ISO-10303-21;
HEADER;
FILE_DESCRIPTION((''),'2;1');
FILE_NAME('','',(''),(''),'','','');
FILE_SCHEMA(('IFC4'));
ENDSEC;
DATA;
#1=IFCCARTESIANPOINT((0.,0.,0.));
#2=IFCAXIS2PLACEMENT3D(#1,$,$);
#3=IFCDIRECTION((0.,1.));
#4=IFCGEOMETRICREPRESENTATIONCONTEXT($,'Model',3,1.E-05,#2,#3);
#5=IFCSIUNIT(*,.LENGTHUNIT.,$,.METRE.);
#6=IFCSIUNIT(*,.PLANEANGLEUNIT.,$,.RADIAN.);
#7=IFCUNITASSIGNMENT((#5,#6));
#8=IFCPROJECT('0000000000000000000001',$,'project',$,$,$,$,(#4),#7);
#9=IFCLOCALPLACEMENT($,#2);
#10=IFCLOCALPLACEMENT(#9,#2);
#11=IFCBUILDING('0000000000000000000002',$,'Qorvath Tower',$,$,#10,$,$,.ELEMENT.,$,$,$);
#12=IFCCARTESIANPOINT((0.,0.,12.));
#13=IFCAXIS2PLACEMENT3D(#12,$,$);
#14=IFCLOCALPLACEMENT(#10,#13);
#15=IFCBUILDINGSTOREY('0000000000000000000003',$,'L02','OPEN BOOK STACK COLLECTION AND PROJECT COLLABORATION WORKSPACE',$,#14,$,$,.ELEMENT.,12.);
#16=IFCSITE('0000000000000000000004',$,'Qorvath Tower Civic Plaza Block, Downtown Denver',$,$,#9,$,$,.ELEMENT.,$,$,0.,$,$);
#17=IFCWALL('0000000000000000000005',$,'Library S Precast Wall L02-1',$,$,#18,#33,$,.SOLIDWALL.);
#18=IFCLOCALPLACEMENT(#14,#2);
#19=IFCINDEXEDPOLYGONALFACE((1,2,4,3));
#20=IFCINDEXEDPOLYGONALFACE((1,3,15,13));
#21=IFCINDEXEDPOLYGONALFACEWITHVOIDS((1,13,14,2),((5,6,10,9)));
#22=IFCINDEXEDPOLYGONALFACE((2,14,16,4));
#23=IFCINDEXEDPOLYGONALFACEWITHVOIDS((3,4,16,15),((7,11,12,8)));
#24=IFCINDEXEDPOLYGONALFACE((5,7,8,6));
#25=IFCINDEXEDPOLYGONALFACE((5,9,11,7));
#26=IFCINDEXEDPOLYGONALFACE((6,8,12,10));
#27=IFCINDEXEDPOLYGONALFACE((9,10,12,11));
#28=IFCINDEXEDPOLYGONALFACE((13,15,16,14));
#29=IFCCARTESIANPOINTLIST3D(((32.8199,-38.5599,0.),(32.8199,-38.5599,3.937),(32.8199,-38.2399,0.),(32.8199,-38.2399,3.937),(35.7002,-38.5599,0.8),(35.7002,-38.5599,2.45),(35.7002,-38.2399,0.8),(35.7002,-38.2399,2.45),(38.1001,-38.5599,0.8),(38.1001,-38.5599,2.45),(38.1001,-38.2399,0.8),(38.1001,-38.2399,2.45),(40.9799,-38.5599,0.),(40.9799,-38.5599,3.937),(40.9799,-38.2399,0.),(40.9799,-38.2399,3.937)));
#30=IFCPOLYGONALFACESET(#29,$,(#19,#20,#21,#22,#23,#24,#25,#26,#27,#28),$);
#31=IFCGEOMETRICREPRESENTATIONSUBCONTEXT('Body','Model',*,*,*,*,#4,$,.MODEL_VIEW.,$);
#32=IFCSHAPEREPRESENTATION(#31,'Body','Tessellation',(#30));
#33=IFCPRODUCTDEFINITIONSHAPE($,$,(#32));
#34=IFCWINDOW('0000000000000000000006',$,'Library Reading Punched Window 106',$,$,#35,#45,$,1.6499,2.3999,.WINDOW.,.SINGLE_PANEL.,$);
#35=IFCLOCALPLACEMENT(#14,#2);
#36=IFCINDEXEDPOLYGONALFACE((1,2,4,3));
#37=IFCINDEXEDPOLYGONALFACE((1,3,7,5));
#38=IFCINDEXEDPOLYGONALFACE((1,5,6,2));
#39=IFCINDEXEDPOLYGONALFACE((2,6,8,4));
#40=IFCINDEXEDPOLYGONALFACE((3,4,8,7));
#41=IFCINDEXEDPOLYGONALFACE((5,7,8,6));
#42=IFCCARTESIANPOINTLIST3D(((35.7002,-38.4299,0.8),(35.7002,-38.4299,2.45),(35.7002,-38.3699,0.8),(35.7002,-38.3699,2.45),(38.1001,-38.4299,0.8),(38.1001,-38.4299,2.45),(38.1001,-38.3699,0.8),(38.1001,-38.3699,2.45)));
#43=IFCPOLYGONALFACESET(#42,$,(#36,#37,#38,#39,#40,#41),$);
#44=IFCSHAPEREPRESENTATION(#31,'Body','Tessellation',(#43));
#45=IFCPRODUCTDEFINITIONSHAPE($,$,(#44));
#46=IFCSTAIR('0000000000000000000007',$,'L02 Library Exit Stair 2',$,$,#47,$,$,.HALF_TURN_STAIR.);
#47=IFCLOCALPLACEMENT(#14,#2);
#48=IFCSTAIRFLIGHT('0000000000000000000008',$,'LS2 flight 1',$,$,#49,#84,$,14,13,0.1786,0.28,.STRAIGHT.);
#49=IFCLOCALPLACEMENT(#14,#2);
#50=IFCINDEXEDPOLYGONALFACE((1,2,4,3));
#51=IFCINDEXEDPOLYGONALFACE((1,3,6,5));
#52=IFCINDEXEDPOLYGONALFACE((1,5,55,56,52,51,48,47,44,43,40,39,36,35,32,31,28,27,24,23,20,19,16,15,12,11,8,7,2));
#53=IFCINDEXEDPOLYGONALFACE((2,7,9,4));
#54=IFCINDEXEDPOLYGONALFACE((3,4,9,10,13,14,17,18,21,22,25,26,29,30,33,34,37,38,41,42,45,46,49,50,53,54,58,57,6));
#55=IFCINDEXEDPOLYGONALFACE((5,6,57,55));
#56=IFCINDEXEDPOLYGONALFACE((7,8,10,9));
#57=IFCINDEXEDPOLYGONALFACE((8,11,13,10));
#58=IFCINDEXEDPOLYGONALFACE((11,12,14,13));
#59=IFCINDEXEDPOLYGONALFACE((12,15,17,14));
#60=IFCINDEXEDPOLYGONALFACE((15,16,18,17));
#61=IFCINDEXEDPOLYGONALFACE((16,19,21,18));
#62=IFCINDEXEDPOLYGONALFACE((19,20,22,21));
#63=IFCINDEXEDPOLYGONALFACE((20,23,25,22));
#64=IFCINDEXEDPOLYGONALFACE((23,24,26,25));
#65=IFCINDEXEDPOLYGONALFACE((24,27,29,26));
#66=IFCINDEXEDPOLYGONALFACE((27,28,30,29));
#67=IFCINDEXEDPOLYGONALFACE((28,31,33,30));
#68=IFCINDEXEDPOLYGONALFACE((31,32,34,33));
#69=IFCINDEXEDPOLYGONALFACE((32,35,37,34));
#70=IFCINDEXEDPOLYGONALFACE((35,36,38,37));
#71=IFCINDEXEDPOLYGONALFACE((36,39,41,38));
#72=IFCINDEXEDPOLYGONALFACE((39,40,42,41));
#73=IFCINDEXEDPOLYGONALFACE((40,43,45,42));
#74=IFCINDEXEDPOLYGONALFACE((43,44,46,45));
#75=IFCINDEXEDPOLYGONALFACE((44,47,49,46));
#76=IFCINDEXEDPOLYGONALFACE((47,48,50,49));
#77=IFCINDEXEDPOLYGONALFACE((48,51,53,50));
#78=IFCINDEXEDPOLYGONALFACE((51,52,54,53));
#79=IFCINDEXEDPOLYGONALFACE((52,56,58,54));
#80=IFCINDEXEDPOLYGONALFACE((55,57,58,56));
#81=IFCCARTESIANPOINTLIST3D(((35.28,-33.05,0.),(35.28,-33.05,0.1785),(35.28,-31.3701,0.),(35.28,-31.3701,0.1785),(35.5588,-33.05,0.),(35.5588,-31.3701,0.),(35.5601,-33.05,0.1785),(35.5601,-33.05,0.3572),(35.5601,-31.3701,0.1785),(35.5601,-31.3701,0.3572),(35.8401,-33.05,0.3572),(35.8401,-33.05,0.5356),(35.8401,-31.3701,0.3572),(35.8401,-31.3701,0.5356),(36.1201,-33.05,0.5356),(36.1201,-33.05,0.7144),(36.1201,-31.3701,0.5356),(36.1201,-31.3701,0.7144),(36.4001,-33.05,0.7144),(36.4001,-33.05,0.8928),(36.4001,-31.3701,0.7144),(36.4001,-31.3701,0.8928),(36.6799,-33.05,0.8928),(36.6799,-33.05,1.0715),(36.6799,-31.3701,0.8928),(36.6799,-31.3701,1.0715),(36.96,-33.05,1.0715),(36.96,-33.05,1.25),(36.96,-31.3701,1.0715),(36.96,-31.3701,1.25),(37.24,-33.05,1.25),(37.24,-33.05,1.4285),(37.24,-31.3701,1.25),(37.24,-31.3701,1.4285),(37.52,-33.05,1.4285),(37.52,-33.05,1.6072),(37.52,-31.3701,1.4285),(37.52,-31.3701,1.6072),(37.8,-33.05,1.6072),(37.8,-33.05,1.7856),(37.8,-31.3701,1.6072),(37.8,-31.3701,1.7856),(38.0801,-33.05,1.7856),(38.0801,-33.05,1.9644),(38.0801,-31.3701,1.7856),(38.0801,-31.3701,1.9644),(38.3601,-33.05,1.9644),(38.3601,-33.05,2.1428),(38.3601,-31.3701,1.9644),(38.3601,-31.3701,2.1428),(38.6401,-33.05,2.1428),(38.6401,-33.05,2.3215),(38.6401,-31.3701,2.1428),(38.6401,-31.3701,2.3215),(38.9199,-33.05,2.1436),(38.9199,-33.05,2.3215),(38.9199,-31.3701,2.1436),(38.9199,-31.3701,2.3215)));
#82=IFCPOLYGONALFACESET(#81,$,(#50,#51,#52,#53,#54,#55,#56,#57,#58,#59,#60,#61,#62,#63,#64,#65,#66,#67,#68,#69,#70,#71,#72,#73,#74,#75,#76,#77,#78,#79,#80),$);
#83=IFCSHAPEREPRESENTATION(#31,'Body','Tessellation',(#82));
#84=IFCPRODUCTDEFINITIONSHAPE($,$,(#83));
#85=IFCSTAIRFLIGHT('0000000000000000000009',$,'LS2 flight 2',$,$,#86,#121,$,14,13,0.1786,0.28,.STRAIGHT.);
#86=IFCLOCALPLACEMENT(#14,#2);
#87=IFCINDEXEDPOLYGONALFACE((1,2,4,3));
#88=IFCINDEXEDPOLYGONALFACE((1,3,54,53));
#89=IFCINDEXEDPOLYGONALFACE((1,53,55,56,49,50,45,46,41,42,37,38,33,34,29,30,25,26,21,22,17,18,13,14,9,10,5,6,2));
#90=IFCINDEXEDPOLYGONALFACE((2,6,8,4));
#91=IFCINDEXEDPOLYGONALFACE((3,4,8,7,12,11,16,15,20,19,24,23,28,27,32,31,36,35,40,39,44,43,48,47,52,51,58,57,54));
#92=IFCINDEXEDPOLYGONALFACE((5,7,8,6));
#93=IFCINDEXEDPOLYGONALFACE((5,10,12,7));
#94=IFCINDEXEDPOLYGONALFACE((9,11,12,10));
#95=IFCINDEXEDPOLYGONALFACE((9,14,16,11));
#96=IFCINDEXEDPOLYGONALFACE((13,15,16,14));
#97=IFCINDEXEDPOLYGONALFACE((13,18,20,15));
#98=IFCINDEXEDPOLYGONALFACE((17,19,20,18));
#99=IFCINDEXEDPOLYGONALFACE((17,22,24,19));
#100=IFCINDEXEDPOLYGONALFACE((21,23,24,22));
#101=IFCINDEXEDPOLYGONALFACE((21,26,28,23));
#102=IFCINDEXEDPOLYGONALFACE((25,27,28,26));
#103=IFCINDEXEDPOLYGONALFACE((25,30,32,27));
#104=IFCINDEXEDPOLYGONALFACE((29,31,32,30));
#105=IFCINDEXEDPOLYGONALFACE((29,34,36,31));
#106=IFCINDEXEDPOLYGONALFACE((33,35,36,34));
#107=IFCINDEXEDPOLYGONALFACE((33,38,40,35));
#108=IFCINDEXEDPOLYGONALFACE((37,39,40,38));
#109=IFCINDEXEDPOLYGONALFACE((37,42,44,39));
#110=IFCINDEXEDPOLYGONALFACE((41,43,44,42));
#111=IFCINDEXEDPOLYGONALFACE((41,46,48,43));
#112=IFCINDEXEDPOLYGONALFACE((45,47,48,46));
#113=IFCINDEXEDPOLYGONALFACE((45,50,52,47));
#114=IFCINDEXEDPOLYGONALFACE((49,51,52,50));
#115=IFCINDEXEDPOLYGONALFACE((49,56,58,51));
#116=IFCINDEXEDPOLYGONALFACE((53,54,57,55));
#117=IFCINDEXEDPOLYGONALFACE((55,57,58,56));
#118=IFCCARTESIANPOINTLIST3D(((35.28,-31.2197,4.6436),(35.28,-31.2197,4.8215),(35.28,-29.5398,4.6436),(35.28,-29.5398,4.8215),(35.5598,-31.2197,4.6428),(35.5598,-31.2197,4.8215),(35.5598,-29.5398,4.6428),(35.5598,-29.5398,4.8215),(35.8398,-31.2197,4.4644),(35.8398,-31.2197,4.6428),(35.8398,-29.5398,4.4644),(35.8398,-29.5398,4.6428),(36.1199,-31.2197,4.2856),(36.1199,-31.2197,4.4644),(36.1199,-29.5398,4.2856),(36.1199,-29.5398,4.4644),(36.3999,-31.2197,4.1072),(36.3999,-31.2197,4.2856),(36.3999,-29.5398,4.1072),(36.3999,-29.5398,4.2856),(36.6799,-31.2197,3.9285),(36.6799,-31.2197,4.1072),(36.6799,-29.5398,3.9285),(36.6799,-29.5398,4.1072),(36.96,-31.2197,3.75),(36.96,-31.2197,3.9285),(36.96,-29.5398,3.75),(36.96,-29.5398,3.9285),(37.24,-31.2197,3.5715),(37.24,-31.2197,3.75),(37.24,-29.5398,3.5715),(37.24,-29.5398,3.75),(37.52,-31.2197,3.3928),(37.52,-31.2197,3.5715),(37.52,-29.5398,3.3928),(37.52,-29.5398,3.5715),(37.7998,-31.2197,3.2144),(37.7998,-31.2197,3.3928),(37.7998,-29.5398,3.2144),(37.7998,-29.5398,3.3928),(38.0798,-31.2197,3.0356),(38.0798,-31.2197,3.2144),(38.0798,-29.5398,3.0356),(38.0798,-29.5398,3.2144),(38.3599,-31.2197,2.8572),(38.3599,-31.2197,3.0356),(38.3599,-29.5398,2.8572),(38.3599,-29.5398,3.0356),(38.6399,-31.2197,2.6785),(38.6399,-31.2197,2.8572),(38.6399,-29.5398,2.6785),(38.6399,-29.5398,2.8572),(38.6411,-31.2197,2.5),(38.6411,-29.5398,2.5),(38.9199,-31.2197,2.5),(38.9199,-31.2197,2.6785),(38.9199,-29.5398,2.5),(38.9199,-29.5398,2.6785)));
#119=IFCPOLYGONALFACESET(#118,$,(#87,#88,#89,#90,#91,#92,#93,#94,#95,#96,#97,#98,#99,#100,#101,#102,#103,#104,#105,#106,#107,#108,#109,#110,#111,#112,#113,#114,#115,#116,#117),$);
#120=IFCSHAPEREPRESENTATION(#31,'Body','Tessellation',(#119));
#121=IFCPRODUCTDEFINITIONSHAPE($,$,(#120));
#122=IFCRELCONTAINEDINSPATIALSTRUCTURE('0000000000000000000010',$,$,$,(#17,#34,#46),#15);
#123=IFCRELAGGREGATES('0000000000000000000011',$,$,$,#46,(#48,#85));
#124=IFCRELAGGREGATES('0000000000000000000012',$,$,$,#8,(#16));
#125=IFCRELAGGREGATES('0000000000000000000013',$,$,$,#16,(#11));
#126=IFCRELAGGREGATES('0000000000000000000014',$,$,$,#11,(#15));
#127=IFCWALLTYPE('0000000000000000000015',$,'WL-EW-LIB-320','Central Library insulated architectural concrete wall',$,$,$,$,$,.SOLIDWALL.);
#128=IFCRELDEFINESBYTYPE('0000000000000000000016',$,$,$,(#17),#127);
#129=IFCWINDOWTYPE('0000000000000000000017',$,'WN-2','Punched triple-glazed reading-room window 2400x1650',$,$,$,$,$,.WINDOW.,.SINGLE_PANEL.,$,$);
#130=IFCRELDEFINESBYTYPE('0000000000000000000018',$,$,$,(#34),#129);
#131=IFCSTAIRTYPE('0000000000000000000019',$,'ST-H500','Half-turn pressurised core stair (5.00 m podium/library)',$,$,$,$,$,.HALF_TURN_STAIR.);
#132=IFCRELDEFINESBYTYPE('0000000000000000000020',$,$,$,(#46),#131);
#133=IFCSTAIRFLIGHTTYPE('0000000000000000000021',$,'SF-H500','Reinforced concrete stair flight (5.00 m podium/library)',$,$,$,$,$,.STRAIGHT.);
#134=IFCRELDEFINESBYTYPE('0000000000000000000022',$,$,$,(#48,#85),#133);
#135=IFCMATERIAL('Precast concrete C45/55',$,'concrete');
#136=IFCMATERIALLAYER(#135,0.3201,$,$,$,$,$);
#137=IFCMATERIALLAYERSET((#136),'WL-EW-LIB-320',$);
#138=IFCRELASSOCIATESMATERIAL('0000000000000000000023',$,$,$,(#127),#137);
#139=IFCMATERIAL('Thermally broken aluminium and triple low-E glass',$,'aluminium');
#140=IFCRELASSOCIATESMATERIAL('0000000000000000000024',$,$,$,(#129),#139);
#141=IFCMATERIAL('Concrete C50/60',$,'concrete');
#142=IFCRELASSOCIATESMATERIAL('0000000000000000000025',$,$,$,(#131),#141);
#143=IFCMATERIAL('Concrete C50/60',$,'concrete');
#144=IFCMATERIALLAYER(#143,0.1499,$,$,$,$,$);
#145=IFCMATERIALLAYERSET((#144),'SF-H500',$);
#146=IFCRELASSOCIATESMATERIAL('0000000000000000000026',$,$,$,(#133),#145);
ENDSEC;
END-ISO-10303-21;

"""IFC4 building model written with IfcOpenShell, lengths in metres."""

from ifc_helpers import new_model, si_unit, direction, frame, frame_2d, origin, place, context, subcontext, project, spatial, polyline, rectangle, outline, extrude, material, layer, layer_set, type_object, element, fill, aggregate, save


model = new_model("IFC4")

# Units and contexts
model_context = context("Model", 3, precision=1e-05, world=origin(), true_north=direction((0.0, 1.0)))
body_context = subcontext(model_context, "Body", "Model", "MODEL_VIEW")
ifc_project = project(units=[si_unit("LENGTHUNIT", "METRE"), si_unit("PLANEANGLEUNIT", "RADIAN")], contexts=[model_context])

# Site, building, storey
site_placement = place(None, origin())
site = spatial("IfcSite", under=ifc_project, at=site_placement, Name="Qorvath Tower Civic Plaza Block, Downtown Denver", CompositionType="ELEMENT", RefElevation=0.0)
building_placement = place(site_placement, origin())
building = spatial("IfcBuilding", under=site, at=building_placement, Name="Qorvath Tower", CompositionType="ELEMENT")
storey_placement = place(building_placement, frame((0.0, 0.0, 12.0)))
storey = spatial("IfcBuildingStorey", under=building, at=storey_placement, Name="L02", Description="OPEN BOOK STACK COLLECTION AND PROJECT COLLABORATION WORKSPACE", CompositionType="ELEMENT", Elevation=12.0)

# Wall, opening, window
ifc_material_1 = material(Name="Precast concrete C45/55", Category="concrete")
ifc_layer_1 = layer(ifc_material_1, 0.3201)
ifc_layer_set_1 = layer_set([ifc_layer_1], Name="WL-EW-LIB-320")
wall_type_1 = type_object("IfcWallType", Name="WL-EW-LIB-320", Description="Central Library insulated architectural concrete wall", PredefinedType="SOLIDWALL", material=ifc_layer_set_1)
wall_1_placement = place(storey_placement, frame((40.98, -38.3999, 0.0), z_axis=(0.0, 0.0, 1.0), x_axis=(-1.0, 0.0, 0.0)))
wall_1 = element("IfcWall", 1, at=wall_1_placement, inside=storey, type_object=wall_type_1, Name="Library S Precast Wall L02-1", PredefinedType="SOLIDWALL", context=body_context, shape_type="SweptSolid", body=[
    extrude(rectangle(XDim=8.1599, YDim=0.3201, at=frame_2d((4.0801, 0.0))), origin(), (0.0, 0.0, 1.0), 3.937),
])
opening_1_placement = place(wall_1_placement, frame((2.8799, 0.0, 0.8)))
opening_1 = element("IfcOpeningElement", 2, at=opening_1_placement, cuts=wall_1, PredefinedType="OPENING", context=body_context, shape_type="SweptSolid", body=[
    extrude(rectangle(XDim=2.3999, YDim=1.6499, at=frame_2d((1.2, 0.825))), frame((0.0, 0.1699, 0.0), z_axis=(0.0, -1.0, 0.0), x_axis=(1.0, 0.0, 0.0)), (0.0, 0.0, 1.0), 0.3401),
])
ifc_material_2 = material(Name="Thermally broken aluminium and triple low-E glass", Category="aluminium")
window_type = type_object("IfcWindowType", Name="WN-2", Description="Punched triple-glazed reading-room window 2400x1650", PartitioningType="SINGLE_PANEL", PredefinedType="WINDOW", material=ifc_material_2)
window_placement = place(opening_1_placement, origin())
window = element("IfcWindow", 3, at=window_placement, inside=storey, type_object=window_type, Name="Library Reading Punched Window 106", OverallHeight=1.6499, OverallWidth=2.3999, PartitioningType="SINGLE_PANEL", PredefinedType="WINDOW", context=body_context, shape_type="SweptSolid", body=[
    extrude(rectangle(XDim=2.3999, YDim=1.6499, at=frame_2d((1.2, 0.825))), frame((0.0, 0.03, 0.0), z_axis=(0.0, -1.0, 0.0), x_axis=(1.0, 0.0, 0.0)), (0.0, 0.0, 1.0), 0.0601),
])
fill(opening_1, window)

# Stair, stair flights
ifc_material_3 = material(Name="Concrete C50/60", Category="concrete")
stair_type = type_object("IfcStairType", Name="ST-H500", Description="Half-turn pressurised core stair (5.00 m podium/library)", PredefinedType="HALF_TURN_STAIR", material=ifc_material_3)
stair_placement = place(storey_placement, origin())
stair = element("IfcStair", 4, at=stair_placement, inside=storey, type_object=stair_type, Name="L02 Library Exit Stair 2", PredefinedType="HALF_TURN_STAIR")
ifc_material_4 = material(Name="Concrete C50/60", Category="concrete")
ifc_layer_2 = layer(ifc_material_4, 0.1499)
ifc_layer_set_2 = layer_set([ifc_layer_2], Name="SF-H500")
stair_flight_type = type_object("IfcStairFlightType", Name="SF-H500", Description="Reinforced concrete stair flight (5.00 m podium/library)", PredefinedType="STRAIGHT", material=ifc_layer_set_2)
stair_flight_1_placement = place(storey_placement, frame((35.28, -32.21, 0.0), z_axis=(0.0, 0.0, 1.0), x_axis=(1.0, 0.0, 0.0)))
stair_flight_1 = element("IfcStairFlight", 5, at=stair_flight_1_placement, type_object=stair_flight_type, Name="LS2 flight 1", NumberOfRisers=14, NumberOfTreads=13, PredefinedType="STRAIGHT", RiserHeight=0.1786, TreadLength=0.28, context=body_context, shape_type="SweptSolid", body=[
    extrude(outline(polyline([(0.0, 0.0), (0.0, 0.1785), (0.28, 0.1785), (0.28, 0.3572), (0.5601, 0.3572), (0.5601, 0.5356), (0.8401, 0.5356), (0.8401, 0.7144), (1.1201, 0.7144), (1.1201, 0.8928), (1.3999, 0.8928), (1.3999, 1.0715), (1.6799, 1.0715), (1.6799, 1.25), (1.96, 1.25), (1.96, 1.4285), (2.24, 1.4285), (2.24, 1.6072), (2.52, 1.6072), (2.52, 1.7856), (2.8, 1.7856), (2.8, 1.9644), (3.0801, 1.9644), (3.0801, 2.1428), (3.3601, 2.1428), (3.3601, 2.3215), (3.6399, 2.3215), (3.6399, 2.5), (3.6399, 2.1436), (0.2788, 0.0), (0.0, 0.0)])), frame((0.0, 0.8398, 0.0), z_axis=(0.0, -1.0, 0.0), x_axis=(1.0, 0.0, 0.0)), (0.0, 0.0, 1.0), 1.6799),
])
stair_flight_2_placement = place(storey_placement, frame((38.9199, -30.3799, 2.5), z_axis=(0.0, 0.0, 1.0), x_axis=(-1.0, 0.0, 0.0)))
stair_flight_2 = element("IfcStairFlight", 6, at=stair_flight_2_placement, type_object=stair_flight_type, Name="LS2 flight 2", NumberOfRisers=14, NumberOfTreads=13, PredefinedType="STRAIGHT", RiserHeight=0.1786, TreadLength=0.28, context=body_context, shape_type="SweptSolid", body=[
    extrude(outline(polyline([(0.0, 0.0), (0.0, 0.1785), (0.28, 0.1785), (0.28, 0.3572), (0.5601, 0.3572), (0.5601, 0.5356), (0.8401, 0.5356), (0.8401, 0.7144), (1.1201, 0.7144), (1.1201, 0.8928), (1.3999, 0.8928), (1.3999, 1.0715), (1.6799, 1.0715), (1.6799, 1.25), (1.96, 1.25), (1.96, 1.4285), (2.24, 1.4285), (2.24, 1.6072), (2.52, 1.6072), (2.52, 1.7856), (2.8, 1.7856), (2.8, 1.9644), (3.0801, 1.9644), (3.0801, 2.1428), (3.3601, 2.1428), (3.3601, 2.3215), (3.6399, 2.3215), (3.6399, 2.5), (3.6399, 2.1436), (0.2788, 0.0), (0.0, 0.0)])), frame((0.0, 0.8398, 0.0), z_axis=(0.0, -1.0, 0.0), x_axis=(1.0, 0.0, 0.0)), (0.0, 0.0, 1.0), 1.6799),
])
aggregate(stair, [stair_flight_1, stair_flight_2])

save(model, "model.ifc")
